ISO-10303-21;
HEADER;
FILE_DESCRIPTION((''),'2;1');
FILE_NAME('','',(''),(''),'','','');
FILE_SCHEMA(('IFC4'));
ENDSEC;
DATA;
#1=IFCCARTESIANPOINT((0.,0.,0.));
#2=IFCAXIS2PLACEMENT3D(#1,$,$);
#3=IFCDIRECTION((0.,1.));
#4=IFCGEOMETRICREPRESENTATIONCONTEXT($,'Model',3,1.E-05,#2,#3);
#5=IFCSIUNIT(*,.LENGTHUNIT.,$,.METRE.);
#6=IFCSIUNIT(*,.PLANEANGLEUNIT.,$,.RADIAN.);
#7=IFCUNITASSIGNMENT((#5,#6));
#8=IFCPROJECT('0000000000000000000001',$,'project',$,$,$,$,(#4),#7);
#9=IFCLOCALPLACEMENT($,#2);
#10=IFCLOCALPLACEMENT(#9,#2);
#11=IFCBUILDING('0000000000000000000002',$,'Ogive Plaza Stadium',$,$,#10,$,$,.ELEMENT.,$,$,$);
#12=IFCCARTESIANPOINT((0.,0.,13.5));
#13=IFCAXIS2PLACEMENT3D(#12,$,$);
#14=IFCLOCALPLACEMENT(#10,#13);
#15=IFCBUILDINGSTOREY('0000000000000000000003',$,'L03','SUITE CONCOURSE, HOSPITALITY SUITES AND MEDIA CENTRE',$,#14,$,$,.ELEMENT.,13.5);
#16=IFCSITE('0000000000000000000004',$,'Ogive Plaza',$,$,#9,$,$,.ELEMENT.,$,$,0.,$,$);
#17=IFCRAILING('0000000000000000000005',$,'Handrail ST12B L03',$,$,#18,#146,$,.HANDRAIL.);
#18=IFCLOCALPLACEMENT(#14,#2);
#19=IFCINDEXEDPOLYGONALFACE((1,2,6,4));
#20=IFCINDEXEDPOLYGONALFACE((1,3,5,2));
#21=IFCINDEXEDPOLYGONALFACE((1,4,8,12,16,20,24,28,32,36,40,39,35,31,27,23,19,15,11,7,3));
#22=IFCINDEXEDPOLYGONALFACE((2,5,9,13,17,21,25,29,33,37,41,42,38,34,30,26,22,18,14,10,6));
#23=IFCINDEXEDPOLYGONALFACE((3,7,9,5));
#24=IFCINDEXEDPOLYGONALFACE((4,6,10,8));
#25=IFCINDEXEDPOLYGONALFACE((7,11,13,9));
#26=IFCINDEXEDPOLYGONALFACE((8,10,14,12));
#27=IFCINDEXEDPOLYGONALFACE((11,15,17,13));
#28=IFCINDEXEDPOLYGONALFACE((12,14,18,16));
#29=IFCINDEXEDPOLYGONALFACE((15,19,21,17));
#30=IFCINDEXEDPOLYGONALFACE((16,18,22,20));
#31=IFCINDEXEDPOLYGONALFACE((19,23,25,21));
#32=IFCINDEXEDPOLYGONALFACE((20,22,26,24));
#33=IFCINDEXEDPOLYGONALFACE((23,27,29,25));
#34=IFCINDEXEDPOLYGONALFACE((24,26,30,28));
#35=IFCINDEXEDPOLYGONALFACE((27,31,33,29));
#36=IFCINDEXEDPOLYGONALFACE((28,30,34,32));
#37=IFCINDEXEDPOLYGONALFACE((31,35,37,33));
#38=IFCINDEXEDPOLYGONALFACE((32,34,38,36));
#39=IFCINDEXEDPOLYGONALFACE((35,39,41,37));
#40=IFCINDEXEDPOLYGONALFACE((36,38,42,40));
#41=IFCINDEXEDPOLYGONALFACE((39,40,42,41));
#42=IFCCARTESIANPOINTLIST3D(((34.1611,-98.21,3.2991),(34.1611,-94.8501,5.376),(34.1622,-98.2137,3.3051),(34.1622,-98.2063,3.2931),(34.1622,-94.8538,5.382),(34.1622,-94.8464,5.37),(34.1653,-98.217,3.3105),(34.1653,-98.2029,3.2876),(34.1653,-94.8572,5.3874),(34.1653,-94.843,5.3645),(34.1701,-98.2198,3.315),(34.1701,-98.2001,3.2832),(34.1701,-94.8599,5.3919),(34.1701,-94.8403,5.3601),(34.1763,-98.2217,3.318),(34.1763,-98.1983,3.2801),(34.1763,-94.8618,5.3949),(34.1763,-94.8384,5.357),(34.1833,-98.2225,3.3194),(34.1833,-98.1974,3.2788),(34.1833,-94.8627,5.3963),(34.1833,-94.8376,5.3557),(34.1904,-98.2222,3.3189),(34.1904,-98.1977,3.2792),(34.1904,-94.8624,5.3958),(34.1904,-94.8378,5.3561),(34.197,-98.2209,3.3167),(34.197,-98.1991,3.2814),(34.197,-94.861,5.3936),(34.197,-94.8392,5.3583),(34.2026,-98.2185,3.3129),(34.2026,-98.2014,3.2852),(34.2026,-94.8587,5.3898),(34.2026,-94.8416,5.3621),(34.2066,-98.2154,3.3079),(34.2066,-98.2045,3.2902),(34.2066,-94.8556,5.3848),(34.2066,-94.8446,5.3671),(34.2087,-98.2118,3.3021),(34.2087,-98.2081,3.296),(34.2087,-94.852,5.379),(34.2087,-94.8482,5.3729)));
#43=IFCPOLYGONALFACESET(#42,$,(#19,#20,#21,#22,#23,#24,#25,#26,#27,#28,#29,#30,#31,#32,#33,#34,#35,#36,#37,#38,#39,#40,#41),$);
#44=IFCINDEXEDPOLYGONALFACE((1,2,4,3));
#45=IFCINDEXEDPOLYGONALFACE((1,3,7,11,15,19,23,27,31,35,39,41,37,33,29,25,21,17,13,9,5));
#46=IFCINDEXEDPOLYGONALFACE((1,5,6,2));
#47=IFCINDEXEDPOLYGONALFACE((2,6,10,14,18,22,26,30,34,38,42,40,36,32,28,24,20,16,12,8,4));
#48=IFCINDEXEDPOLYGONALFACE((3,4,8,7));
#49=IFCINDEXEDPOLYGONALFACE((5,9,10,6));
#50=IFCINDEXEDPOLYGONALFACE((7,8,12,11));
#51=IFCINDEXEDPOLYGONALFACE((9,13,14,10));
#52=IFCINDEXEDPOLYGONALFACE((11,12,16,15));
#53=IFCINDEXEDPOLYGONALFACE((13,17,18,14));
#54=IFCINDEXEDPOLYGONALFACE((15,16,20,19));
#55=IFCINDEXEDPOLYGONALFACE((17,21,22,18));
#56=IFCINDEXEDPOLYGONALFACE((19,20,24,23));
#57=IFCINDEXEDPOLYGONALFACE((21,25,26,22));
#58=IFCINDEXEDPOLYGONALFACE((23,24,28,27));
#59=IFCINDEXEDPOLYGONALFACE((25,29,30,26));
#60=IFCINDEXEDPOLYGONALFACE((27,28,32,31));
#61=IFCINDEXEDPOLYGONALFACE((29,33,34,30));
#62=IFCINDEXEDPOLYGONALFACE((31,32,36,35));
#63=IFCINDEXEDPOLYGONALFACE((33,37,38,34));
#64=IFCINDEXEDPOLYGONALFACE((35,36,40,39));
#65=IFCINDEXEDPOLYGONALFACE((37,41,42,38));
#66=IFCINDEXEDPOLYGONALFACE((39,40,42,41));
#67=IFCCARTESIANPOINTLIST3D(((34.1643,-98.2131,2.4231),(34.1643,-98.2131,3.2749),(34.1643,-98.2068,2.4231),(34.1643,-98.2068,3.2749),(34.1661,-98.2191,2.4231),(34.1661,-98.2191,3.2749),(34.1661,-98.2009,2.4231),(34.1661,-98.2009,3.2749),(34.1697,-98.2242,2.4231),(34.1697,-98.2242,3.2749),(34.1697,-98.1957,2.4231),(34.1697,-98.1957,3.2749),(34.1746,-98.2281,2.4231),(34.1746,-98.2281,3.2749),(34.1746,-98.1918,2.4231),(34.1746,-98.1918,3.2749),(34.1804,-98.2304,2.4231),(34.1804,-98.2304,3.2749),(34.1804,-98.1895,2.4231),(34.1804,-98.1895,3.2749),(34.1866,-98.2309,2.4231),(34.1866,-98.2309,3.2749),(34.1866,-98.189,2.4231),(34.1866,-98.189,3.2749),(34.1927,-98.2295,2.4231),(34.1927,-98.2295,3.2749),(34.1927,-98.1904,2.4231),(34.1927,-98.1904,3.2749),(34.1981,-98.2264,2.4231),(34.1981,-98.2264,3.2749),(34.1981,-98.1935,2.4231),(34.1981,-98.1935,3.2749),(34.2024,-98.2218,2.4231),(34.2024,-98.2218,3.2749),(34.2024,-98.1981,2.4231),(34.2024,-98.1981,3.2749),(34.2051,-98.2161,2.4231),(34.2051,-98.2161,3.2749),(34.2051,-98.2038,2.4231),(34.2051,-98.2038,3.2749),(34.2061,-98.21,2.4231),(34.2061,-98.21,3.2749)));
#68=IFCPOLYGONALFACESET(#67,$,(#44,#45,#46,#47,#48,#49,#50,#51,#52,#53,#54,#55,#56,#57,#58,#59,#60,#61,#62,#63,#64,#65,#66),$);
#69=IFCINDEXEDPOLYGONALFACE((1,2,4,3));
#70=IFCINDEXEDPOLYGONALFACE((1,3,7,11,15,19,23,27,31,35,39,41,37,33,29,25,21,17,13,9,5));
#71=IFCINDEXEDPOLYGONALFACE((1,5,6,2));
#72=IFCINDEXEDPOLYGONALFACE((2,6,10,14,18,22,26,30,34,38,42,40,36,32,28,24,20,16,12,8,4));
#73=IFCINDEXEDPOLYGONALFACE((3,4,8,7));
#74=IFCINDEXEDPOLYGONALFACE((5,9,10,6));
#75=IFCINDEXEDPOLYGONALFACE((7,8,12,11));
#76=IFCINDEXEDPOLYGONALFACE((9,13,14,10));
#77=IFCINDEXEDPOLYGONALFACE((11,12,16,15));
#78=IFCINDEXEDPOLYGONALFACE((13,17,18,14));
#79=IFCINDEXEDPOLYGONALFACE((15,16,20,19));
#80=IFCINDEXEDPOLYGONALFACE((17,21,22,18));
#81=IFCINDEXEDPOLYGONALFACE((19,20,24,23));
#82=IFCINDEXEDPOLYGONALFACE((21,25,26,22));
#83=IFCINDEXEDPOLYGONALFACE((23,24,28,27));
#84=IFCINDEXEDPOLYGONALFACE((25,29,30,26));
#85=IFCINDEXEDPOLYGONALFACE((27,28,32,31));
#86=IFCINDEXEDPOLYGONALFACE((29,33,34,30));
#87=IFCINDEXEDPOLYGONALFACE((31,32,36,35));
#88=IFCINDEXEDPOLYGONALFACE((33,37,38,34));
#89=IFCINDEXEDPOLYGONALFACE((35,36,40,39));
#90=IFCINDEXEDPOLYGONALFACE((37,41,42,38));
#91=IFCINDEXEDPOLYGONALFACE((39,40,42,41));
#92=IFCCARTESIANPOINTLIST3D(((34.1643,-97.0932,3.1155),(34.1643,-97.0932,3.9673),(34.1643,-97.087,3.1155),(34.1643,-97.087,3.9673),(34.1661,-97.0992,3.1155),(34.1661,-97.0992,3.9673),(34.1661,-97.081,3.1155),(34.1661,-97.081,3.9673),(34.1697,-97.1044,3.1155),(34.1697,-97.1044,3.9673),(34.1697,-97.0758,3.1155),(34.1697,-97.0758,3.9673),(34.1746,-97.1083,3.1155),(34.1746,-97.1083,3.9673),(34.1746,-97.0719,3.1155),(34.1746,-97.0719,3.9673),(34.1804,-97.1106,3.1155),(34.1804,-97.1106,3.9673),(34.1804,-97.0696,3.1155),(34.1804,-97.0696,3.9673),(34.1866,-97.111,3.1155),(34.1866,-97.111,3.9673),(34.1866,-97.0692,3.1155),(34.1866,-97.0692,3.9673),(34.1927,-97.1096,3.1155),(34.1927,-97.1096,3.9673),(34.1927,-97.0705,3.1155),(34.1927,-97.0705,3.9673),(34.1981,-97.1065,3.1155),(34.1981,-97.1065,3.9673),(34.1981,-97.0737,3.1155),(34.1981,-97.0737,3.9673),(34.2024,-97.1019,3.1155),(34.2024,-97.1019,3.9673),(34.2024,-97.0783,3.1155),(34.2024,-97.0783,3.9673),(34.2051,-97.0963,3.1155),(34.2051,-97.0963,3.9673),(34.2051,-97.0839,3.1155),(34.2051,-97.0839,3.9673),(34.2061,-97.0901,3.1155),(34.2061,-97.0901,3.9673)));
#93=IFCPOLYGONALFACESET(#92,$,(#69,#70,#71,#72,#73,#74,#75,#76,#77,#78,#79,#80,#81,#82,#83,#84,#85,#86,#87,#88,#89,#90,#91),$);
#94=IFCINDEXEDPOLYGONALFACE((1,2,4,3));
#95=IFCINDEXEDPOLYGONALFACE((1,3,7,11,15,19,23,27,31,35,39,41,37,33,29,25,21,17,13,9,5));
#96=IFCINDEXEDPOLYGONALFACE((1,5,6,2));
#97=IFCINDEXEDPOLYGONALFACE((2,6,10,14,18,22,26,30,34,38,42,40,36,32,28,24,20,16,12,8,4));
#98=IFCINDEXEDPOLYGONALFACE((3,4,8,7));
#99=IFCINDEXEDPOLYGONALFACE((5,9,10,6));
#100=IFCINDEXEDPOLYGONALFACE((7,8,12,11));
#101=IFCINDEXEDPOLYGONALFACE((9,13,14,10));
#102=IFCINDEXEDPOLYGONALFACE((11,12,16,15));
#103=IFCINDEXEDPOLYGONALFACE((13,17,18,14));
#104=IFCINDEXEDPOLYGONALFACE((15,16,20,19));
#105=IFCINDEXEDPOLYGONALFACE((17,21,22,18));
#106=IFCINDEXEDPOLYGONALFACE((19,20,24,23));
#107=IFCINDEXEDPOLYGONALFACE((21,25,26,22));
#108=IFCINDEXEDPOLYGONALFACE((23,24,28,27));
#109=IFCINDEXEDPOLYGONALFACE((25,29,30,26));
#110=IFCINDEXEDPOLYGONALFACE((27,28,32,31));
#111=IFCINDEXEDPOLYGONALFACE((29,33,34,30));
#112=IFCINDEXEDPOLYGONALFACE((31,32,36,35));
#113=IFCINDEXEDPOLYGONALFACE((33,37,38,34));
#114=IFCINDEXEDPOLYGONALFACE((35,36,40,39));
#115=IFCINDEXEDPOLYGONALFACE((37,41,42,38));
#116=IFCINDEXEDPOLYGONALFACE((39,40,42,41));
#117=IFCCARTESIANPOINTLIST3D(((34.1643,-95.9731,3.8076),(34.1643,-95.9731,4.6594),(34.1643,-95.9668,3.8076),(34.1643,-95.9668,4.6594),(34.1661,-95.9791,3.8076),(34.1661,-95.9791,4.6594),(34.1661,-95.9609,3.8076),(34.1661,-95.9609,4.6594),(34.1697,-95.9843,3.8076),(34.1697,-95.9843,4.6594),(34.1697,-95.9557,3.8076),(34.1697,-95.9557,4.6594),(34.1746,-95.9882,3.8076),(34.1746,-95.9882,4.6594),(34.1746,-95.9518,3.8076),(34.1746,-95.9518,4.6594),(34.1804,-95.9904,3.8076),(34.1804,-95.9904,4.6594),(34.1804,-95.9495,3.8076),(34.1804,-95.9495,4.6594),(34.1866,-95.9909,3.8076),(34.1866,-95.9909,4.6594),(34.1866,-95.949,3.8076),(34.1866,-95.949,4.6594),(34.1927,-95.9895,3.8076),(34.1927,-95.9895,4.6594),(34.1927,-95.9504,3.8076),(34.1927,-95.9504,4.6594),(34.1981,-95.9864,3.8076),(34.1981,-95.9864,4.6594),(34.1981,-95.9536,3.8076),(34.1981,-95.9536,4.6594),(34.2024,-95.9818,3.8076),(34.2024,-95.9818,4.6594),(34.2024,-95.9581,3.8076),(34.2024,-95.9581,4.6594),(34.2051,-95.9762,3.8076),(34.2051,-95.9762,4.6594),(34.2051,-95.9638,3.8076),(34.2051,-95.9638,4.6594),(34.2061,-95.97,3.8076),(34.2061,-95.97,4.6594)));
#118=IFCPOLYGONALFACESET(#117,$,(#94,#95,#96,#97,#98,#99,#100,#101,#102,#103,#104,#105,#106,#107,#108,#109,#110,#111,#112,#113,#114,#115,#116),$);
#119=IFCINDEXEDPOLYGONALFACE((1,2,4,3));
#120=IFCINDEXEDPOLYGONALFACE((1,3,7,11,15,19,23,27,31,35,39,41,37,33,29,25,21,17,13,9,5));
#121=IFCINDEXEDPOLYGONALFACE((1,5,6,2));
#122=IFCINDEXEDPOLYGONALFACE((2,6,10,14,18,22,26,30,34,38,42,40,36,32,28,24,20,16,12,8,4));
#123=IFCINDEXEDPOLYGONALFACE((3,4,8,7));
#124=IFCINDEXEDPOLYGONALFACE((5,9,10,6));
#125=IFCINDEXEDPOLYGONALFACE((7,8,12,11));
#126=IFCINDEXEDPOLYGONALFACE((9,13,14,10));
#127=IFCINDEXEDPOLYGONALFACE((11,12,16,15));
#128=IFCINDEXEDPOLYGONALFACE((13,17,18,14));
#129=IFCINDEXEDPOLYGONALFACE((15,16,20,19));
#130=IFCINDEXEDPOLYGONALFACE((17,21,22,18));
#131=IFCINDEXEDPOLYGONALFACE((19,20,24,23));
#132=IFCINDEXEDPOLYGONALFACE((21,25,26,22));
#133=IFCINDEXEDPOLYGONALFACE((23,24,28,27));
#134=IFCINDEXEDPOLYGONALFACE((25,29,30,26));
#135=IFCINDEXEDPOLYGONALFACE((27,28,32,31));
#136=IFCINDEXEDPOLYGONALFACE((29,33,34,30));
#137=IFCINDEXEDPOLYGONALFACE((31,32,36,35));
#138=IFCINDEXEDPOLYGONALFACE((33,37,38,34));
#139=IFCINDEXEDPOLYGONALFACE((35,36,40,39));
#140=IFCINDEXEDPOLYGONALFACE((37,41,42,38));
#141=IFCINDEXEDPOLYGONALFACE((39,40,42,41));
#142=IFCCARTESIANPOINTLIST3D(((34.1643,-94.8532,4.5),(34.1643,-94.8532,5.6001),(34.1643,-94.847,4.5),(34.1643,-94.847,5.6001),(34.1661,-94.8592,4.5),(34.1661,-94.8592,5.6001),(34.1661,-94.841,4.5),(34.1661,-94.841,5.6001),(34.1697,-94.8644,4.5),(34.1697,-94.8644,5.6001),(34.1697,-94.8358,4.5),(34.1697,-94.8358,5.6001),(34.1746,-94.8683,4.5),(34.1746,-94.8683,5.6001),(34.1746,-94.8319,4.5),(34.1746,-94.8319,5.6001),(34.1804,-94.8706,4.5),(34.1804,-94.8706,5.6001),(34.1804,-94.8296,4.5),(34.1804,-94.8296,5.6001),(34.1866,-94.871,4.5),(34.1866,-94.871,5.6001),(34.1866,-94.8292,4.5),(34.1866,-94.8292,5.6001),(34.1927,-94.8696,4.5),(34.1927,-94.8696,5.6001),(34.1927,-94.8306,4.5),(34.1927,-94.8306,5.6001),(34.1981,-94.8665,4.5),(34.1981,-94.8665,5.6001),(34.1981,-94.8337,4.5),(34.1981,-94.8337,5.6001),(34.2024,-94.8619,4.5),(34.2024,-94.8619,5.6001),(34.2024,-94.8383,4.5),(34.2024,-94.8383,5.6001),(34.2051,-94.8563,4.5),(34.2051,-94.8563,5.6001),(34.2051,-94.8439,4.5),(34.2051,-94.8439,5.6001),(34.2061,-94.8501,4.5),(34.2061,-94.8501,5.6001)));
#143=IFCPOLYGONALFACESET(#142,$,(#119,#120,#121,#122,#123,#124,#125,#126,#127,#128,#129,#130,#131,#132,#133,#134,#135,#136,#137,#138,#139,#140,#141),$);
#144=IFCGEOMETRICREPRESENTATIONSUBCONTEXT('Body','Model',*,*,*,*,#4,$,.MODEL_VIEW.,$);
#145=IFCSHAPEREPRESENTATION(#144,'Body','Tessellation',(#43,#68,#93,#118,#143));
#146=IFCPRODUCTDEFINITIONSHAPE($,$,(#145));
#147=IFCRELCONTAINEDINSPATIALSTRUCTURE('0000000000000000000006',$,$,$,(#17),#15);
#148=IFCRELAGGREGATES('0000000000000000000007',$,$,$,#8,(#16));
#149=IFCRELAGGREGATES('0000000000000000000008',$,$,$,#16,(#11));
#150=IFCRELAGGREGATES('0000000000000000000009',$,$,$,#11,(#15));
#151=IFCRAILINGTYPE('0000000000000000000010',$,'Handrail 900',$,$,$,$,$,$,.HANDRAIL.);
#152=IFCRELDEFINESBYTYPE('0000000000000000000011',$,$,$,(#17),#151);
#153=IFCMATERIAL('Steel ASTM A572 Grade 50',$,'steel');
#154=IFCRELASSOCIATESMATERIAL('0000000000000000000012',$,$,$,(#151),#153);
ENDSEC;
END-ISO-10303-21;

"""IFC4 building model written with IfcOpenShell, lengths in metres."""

from ifc_helpers import new_model, si_unit, direction, frame, origin, origin_2d, place, context, subcontext, project, spatial, circle, extrude, material, type_object, element, save


model = new_model("IFC4")

# Units and contexts
model_context = context("Model", 3, precision=1e-05, world=origin(), true_north=direction((0.0, 1.0)))
body_context = subcontext(model_context, "Body", "Model", "MODEL_VIEW")
ifc_project = project(units=[si_unit("LENGTHUNIT", "METRE"), si_unit("PLANEANGLEUNIT", "RADIAN")], contexts=[model_context])

# Site, building, storey
site_placement = place(None, origin())
site = spatial("IfcSite", under=ifc_project, at=site_placement, Name="Ogive Plaza", CompositionType="ELEMENT", RefElevation=0.0)
building_placement = place(site_placement, origin())
building = spatial("IfcBuilding", under=site, at=building_placement, Name="Ogive Plaza Stadium", CompositionType="ELEMENT")
storey_placement = place(building_placement, frame((0.0, 0.0, 13.5)))
storey = spatial("IfcBuildingStorey", under=building, at=storey_placement, Name="L03", Description="SUITE CONCOURSE, HOSPITALITY SUITES AND MEDIA CENTRE", CompositionType="ELEMENT", Elevation=13.5)

# Railing
ifc_material_1 = material(Name="Steel ASTM A572 Grade 50", Category="steel")
railing_type_1 = type_object("IfcRailingType", Name="Handrail 900", PredefinedType="HANDRAIL", material=ifc_material_1)
for number, where, name in (
    (1, (34.1851, -98.21, 2.4231), "Handrail ST12B L03"),
):
    element("IfcRailing", number, at=place(storey_placement, frame(where)), inside=storey, type_object=railing_type_1, Name=name, PredefinedType="HANDRAIL", context=body_context, shape_type="SweptSolid", body=[
        extrude(circle(Radius=0.0239, at=origin_2d()), frame((0.0, 0.0, 0.876), z_axis=(0.0, 0.850606, 0.525803), x_axis=(-1.0, 0.0, 0.0)), (0.0, 0.0, 1.0), 3.95),
        extrude(circle(Radius=0.021, at=origin_2d()), origin(), (0.0, 0.0, 1.0), 0.8518),
        extrude(circle(Radius=0.021, at=origin_2d()), frame((0.0, 1.1199, 0.6924)), (0.0, 0.0, 1.0), 0.8518),
        extrude(circle(Radius=0.021, at=origin_2d()), frame((0.0, 2.24, 1.3845)), (0.0, 0.0, 1.0), 0.8518),
        extrude(circle(Radius=0.021, at=origin_2d()), frame((0.0, 3.3599, 2.0769)), (0.0, 0.0, 1.0), 1.1001),
    ])

save(model, "model.ifc")
